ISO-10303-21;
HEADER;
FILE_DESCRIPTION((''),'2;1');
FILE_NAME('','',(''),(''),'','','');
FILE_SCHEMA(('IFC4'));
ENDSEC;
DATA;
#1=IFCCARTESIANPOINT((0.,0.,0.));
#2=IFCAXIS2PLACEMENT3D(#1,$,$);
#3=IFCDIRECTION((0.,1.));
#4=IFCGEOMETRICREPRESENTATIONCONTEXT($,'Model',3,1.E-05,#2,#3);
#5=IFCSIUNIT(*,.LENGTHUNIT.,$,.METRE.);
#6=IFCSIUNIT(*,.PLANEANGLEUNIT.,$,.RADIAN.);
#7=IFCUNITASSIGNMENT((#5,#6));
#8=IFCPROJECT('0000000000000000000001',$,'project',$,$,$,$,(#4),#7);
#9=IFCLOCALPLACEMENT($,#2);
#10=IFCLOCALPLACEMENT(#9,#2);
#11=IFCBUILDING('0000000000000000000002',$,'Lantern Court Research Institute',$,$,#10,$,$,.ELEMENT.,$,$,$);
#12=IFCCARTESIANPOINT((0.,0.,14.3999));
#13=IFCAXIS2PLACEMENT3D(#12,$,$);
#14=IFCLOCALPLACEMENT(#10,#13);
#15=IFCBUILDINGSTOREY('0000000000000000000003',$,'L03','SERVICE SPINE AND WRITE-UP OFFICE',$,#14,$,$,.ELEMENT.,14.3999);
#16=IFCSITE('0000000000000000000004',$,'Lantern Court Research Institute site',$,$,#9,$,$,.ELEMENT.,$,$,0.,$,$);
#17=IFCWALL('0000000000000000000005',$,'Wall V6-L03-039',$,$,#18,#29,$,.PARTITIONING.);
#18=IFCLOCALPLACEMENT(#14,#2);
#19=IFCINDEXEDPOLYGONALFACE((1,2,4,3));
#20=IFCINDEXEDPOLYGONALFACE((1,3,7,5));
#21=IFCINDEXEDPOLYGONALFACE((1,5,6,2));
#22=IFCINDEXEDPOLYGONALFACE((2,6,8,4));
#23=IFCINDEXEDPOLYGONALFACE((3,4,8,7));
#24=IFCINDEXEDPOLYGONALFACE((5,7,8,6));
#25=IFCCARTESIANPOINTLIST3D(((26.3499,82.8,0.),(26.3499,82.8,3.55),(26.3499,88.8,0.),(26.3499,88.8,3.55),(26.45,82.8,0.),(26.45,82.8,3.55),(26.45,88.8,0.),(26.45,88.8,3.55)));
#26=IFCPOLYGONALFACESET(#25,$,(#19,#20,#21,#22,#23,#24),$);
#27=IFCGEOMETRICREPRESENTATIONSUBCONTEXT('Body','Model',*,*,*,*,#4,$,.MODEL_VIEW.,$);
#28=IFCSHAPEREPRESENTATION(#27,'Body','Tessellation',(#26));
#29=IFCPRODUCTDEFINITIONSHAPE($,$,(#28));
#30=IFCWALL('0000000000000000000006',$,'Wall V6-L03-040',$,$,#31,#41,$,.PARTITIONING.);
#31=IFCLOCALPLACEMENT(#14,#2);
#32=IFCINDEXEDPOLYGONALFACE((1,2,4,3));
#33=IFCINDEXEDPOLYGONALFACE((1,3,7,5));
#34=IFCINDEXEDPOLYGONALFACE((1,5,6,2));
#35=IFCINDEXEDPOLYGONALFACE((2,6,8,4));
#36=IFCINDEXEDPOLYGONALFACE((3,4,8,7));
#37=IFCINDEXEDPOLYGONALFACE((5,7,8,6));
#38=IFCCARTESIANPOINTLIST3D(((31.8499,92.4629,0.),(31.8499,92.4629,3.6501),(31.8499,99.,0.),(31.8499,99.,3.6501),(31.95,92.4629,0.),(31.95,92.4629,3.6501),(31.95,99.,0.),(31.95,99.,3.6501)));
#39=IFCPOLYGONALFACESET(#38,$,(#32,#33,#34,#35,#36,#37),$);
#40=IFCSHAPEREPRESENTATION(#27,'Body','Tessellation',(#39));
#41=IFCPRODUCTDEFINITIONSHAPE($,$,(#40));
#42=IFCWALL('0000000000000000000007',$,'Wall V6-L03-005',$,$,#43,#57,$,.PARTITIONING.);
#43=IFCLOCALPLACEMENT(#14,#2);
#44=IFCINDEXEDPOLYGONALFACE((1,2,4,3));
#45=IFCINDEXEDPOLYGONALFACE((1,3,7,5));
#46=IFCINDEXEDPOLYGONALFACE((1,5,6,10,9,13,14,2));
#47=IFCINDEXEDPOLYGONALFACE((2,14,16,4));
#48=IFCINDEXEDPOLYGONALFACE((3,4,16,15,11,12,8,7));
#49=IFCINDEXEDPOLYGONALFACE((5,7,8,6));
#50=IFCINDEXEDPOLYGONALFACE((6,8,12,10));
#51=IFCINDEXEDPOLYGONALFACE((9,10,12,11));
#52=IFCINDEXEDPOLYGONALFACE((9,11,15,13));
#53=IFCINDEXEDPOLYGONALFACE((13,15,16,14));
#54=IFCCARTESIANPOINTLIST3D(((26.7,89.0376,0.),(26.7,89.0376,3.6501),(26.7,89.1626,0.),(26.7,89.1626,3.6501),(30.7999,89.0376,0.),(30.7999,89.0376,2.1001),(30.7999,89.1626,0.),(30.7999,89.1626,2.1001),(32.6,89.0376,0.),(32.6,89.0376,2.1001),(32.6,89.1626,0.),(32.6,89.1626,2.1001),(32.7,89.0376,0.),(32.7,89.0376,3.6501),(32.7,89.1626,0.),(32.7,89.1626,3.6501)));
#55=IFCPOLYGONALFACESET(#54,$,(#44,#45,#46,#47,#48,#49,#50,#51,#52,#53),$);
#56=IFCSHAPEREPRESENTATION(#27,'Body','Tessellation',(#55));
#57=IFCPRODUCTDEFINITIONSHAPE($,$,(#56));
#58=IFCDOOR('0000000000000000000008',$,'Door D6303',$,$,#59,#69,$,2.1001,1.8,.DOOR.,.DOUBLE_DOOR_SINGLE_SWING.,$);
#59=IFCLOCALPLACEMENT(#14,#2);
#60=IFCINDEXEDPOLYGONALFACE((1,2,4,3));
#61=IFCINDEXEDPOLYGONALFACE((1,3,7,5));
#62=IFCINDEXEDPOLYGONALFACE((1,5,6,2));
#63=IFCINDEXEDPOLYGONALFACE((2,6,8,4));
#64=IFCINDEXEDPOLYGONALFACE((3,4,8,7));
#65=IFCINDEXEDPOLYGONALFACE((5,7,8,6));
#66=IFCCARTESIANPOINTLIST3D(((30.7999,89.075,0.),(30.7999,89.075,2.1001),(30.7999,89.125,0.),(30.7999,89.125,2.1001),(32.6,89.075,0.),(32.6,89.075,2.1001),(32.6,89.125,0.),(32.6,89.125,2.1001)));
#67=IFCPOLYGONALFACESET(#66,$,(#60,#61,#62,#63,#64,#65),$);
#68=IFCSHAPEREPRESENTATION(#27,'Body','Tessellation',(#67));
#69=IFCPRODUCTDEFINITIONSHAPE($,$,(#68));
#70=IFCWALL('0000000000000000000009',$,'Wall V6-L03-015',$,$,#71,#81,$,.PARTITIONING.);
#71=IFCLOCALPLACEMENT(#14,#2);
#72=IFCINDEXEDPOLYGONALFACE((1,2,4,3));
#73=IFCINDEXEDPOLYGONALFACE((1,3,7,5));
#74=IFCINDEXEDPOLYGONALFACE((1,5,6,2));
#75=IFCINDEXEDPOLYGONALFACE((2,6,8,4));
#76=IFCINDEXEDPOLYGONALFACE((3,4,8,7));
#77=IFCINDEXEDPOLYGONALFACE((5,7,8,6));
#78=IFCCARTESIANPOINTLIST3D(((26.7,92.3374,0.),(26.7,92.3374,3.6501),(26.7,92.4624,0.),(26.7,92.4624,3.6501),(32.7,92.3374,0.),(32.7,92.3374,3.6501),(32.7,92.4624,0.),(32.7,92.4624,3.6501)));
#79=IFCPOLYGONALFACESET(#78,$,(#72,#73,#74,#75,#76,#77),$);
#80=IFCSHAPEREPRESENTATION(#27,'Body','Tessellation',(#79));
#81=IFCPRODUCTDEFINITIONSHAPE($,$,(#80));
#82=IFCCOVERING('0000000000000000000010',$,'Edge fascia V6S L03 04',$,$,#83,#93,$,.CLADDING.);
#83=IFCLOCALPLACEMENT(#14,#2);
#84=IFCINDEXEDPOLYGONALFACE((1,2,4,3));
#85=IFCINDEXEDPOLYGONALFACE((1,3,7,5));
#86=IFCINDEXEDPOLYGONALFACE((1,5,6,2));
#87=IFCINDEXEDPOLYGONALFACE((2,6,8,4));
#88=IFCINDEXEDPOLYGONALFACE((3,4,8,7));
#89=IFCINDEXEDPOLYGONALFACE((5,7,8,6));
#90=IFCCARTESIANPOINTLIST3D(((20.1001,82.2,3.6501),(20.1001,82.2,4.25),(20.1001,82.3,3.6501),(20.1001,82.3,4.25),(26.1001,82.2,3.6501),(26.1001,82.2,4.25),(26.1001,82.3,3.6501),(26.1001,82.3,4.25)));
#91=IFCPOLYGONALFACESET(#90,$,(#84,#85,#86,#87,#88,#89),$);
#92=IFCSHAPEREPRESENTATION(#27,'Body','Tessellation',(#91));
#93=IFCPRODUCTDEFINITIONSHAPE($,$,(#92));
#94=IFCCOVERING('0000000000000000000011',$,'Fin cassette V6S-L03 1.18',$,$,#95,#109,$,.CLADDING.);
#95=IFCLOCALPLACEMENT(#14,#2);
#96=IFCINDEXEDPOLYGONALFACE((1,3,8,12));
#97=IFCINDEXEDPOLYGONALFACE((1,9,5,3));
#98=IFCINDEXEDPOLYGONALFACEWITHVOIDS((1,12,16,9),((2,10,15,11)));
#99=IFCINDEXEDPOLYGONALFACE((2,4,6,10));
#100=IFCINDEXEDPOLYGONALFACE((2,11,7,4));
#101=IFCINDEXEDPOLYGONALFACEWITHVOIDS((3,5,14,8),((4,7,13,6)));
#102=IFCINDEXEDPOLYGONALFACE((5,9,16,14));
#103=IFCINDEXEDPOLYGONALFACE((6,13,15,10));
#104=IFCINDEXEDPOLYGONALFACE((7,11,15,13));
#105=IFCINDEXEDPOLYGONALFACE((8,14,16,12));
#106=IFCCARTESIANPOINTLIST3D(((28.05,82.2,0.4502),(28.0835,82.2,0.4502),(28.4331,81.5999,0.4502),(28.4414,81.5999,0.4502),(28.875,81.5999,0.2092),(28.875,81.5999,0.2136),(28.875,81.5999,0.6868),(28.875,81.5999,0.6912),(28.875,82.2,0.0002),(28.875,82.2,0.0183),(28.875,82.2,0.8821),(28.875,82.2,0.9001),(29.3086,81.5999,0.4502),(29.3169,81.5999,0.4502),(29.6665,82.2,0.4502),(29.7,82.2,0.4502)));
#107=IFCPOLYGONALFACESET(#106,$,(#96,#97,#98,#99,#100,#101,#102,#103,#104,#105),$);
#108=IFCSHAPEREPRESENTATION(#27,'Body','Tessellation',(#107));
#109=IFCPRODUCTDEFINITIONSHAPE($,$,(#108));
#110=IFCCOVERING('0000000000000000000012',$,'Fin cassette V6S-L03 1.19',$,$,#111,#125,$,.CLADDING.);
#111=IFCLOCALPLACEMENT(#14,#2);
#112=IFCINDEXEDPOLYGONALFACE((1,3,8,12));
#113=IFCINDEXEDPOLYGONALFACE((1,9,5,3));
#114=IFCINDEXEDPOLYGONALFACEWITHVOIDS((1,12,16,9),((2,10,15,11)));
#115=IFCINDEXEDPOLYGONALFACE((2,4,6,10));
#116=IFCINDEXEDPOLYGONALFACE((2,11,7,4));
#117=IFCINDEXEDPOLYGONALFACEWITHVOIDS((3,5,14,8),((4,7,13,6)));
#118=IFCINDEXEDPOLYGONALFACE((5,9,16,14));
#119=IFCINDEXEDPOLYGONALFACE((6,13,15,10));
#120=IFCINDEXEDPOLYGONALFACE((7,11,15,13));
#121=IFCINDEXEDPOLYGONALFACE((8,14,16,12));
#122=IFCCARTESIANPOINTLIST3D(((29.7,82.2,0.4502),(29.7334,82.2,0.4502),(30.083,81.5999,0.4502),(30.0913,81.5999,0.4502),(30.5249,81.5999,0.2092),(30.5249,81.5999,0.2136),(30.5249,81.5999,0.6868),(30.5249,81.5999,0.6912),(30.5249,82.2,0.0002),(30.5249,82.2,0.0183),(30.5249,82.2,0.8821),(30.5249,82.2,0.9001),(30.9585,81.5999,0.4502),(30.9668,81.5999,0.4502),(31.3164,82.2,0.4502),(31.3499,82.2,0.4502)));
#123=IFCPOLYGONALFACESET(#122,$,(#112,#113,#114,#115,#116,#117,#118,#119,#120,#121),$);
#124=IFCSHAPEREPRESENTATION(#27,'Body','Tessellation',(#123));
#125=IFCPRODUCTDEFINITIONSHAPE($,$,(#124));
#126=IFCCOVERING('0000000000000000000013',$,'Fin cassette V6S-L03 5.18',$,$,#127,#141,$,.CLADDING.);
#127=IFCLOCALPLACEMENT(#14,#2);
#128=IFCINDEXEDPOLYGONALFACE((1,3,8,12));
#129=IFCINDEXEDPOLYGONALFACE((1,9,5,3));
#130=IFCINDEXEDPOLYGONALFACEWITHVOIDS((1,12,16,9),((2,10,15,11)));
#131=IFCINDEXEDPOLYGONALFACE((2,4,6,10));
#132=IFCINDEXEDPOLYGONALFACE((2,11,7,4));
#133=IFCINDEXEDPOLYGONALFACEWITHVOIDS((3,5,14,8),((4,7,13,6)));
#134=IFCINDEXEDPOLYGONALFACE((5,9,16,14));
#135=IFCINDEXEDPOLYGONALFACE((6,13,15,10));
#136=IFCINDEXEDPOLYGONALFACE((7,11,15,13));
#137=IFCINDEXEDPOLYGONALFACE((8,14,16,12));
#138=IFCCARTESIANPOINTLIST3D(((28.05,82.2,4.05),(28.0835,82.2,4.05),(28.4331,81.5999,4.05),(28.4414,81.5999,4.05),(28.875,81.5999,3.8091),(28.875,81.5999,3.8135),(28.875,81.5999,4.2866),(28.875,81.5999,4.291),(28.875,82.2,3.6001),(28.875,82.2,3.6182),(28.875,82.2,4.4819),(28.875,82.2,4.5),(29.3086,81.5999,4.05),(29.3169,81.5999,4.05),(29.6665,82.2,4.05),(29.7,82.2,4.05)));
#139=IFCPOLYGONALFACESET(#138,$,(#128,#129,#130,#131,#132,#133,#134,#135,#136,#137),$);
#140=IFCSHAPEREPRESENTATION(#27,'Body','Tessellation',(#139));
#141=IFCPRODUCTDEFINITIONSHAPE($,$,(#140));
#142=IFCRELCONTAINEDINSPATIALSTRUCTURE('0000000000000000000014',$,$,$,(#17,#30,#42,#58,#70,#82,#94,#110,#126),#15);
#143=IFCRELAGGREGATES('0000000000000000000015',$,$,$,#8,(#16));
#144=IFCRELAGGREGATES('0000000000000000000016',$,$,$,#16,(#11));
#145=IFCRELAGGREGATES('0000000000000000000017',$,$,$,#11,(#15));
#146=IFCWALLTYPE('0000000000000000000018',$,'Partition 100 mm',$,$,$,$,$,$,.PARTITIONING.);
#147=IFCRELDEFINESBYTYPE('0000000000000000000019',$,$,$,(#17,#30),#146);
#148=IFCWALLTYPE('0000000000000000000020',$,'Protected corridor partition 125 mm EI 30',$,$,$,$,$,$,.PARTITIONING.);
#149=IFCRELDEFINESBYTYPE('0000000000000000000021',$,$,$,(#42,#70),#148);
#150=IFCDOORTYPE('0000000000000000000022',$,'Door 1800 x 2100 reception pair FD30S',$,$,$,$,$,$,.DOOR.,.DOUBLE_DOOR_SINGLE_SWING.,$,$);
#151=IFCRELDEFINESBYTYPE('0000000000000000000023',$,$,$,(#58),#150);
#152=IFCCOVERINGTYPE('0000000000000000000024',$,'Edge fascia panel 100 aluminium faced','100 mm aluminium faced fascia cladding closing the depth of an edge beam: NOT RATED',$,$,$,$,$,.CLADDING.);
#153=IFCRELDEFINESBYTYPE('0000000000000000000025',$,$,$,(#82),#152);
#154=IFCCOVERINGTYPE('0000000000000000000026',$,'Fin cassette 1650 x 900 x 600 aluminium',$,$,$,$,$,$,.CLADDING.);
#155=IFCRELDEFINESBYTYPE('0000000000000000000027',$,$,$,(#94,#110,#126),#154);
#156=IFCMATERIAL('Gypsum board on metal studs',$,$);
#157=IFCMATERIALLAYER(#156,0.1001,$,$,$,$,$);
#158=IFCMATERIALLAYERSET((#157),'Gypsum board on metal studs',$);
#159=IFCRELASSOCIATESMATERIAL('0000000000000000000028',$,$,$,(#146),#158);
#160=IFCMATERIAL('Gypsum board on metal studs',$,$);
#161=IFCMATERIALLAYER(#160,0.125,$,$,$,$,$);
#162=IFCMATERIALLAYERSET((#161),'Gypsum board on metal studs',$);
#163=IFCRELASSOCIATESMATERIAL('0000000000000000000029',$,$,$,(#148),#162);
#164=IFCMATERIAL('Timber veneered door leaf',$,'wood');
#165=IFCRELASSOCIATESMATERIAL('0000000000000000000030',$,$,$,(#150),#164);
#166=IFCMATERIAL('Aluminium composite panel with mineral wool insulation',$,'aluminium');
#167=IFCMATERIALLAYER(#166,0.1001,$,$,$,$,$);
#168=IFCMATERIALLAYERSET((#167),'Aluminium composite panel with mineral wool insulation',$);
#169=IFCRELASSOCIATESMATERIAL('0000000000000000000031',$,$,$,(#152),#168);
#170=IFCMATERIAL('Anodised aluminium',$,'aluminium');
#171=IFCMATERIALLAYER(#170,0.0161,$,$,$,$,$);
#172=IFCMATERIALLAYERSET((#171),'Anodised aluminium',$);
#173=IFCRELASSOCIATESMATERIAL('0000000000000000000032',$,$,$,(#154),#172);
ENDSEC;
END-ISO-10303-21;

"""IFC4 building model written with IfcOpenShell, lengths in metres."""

from ifc_helpers import new_model, entity, si_unit, direction, frame, frame_2d, origin, place, context, subcontext, project, spatial, rectangle, extrude, material, layer, layer_set, type_object, element, fill, save


model = new_model("IFC4")

# Units and contexts
model_context = context("Model", 3, precision=1e-05, world=origin(), true_north=direction((0.0, 1.0)))
body_context = subcontext(model_context, "Body", "Model", "MODEL_VIEW")
ifc_project = project(units=[si_unit("LENGTHUNIT", "METRE"), si_unit("PLANEANGLEUNIT", "RADIAN")], contexts=[model_context])

# Site, building, storey
site_placement = place(None, origin())
site = spatial("IfcSite", under=ifc_project, at=site_placement, Name="Lantern Court Research Institute site", CompositionType="ELEMENT", RefElevation=0.0)
building_placement = place(site_placement, origin())
building = spatial("IfcBuilding", under=site, at=building_placement, Name="Lantern Court Research Institute", CompositionType="ELEMENT")
storey_placement = place(building_placement, frame((0.0, 0.0, 14.3999)))
storey = spatial("IfcBuildingStorey", under=building, at=storey_placement, Name="L03", Description="SERVICE SPINE AND WRITE-UP OFFICE", CompositionType="ELEMENT", Elevation=14.3999)

# Walls
ifc_material_1 = material(Name="Gypsum board on metal studs")
ifc_layer_1 = layer(ifc_material_1, 0.1001)
ifc_layer_set_1 = layer_set([ifc_layer_1], Name="Gypsum board on metal studs")
wall_type_1 = type_object("IfcWallType", Name="Partition 100 mm", PredefinedType="PARTITIONING", material=ifc_layer_set_1)
wall_1_placement = place(storey_placement, frame((26.3999, 82.8, 0.0), z_axis=(0.0, 0.0, 1.0), x_axis=(0.0, 1.0, 0.0)))
element("IfcWall", 1, at=wall_1_placement, inside=storey, type_object=wall_type_1, Name="Wall V6-L03-039", PredefinedType="PARTITIONING", context=body_context, shape_type="SweptSolid", body=[
    extrude(rectangle(XDim=6.0, YDim=0.1001, at=frame_2d((3.0, 0.0))), origin(), (0.0, 0.0, 1.0), 3.55),
])
wall_2_placement = place(storey_placement, frame((31.8999, 92.4629, 0.0), z_axis=(0.0, 0.0, 1.0), x_axis=(0.0, 1.0, 0.0)))
element("IfcWall", 2, at=wall_2_placement, inside=storey, type_object=wall_type_1, Name="Wall V6-L03-040", PredefinedType="PARTITIONING", context=body_context, shape_type="SweptSolid", body=[
    extrude(rectangle(XDim=6.5371, YDim=0.1001, at=frame_2d((3.2686, 0.0))), origin(), (0.0, 0.0, 1.0), 3.6501),
])

# Wall, opening, door
ifc_material_2 = material(Name="Gypsum board on metal studs")
ifc_layer_2 = layer(ifc_material_2, 0.125)
ifc_layer_set_2 = layer_set([ifc_layer_2], Name="Gypsum board on metal studs")
wall_type_2 = type_object("IfcWallType", Name="Protected corridor partition 125 mm EI 30", PredefinedType="PARTITIONING", material=ifc_layer_set_2)
wall_3_placement = place(storey_placement, frame((26.7, 89.1001, 0.0), z_axis=(0.0, 0.0, 1.0), x_axis=(1.0, 0.0, 0.0)))
wall_3 = element("IfcWall", 3, at=wall_3_placement, inside=storey, type_object=wall_type_2, Name="Wall V6-L03-005", PredefinedType="PARTITIONING", context=body_context, shape_type="SweptSolid", body=[
    extrude(rectangle(XDim=6.0, YDim=0.125, at=frame_2d((3.0, 0.0))), origin(), (0.0, 0.0, 1.0), 3.6501),
])
opening_1_placement = place(wall_3_placement, frame((4.1001, 0.0, 0.0)))
opening_1 = element("IfcOpeningElement", 4, at=opening_1_placement, cuts=wall_3, PredefinedType="OPENING", context=body_context, shape_type="SweptSolid", body=[
    extrude(rectangle(XDim=1.8, YDim=2.1001, at=frame_2d((0.8999, 1.05))), frame((0.0, 0.0725, 0.0), z_axis=(0.0, -1.0, 0.0), x_axis=(1.0, 0.0, 0.0)), (0.0, 0.0, 1.0), 0.145),
])
ifc_material_3 = material(Name="Timber veneered door leaf", Category="wood")
door_type = type_object("IfcDoorType", Name="Door 1800 x 2100 reception pair FD30S", OperationType="DOUBLE_DOOR_SINGLE_SWING", PredefinedType="DOOR", material=ifc_material_3)
door_placement = place(opening_1_placement, origin())
door = element("IfcDoor", 5, at=door_placement, inside=storey, type_object=door_type, Name="Door D6303", OperationType="DOUBLE_DOOR_SINGLE_SWING", OverallHeight=2.1001, OverallWidth=1.8, PredefinedType="DOOR", context=body_context, shape_type="SweptSolid", body=[
    extrude(rectangle(XDim=1.8, YDim=2.1001, at=frame_2d((0.8999, 1.05))), frame((0.0, 0.0249, 0.0), z_axis=(0.0, -1.0, 0.0), x_axis=(1.0, 0.0, 0.0)), (0.0, 0.0, 1.0), 0.05),
])
fill(opening_1, door)

# Wall
wall_4_placement = place(storey_placement, frame((26.7, 92.3999, 0.0), z_axis=(0.0, 0.0, 1.0), x_axis=(1.0, 0.0, 0.0)))
element("IfcWall", 6, at=wall_4_placement, inside=storey, type_object=wall_type_2, Name="Wall V6-L03-015", PredefinedType="PARTITIONING", context=body_context, shape_type="SweptSolid", body=[
    extrude(rectangle(XDim=6.0, YDim=0.125, at=frame_2d((3.0, 0.0))), origin(), (0.0, 0.0, 1.0), 3.6501),
])

# Coverings
ifc_material_4 = material(Name="Aluminium composite panel with mineral wool insulation", Category="aluminium")
ifc_layer_3 = layer(ifc_material_4, 0.1001)
ifc_layer_set_3 = layer_set([ifc_layer_3], Name="Aluminium composite panel with mineral wool insulation")
covering_type_1 = type_object("IfcCoveringType", Name="Edge fascia panel 100 aluminium faced", Description="100 mm aluminium faced fascia cladding closing the depth of an edge beam: NOT RATED", PredefinedType="CLADDING", material=ifc_layer_set_3)
covering_1_placement = place(storey_placement, frame((26.1001, 82.25, 3.6501), z_axis=(0.0, 0.0, 1.0), x_axis=(-1.0, 0.0, 0.0)))
element("IfcCovering", 7, at=covering_1_placement, inside=storey, type_object=covering_type_1, Name="Edge fascia V6S L03 04", PredefinedType="CLADDING", context=body_context, shape_type="SweptSolid", body=[
    extrude(rectangle(XDim=6.0, YDim=0.1001, at=frame_2d((3.0, 0.0))), origin(), (0.0, 0.0, 1.0), 0.5999),
])
ifc_material_5 = material(Name="Anodised aluminium", Category="aluminium")
ifc_layer_4 = layer(ifc_material_5, 0.0161)
ifc_layer_set_4 = layer_set([ifc_layer_4], Name="Anodised aluminium")
covering_type_2 = type_object("IfcCoveringType", Name="Fin cassette 1650 x 900 x 600 aluminium", PredefinedType="CLADDING", material=ifc_layer_set_4)
covering_2_placement = place(storey_placement, frame((28.875, 82.2, 0.4502), z_axis=(0.0, -1.0, 0.0), x_axis=(1.0, 0.0, 0.0)))
cartesian_point_1 = entity("IfcCartesianPoint", [0.825, 0.0])
cartesian_point_2 = entity("IfcCartesianPoint", [0.7915, 0.0])
cartesian_point_3 = entity("IfcCartesianPoint", [0.4419, 0.0])
cartesian_point_4 = entity("IfcCartesianPoint", [0.4336, 0.0])
element("IfcCovering", 8, at=covering_2_placement, inside=storey, type_object=covering_type_2, Name="Fin cassette V6S-L03 1.18", PredefinedType="CLADDING", context=body_context, shape_type="SweptSolid", body=[
    entity("IfcExtrudedAreaSolidTapered", entity("IfcArbitraryProfileDefWithVoids", "AREA", None, entity("IfcPolyline", [cartesian_point_1, entity("IfcCartesianPoint", [0.0, 0.45]), entity("IfcCartesianPoint", [-0.825, 0.0]), entity("IfcCartesianPoint", [0.0, -0.45]), cartesian_point_1]), [entity("IfcPolyline", [cartesian_point_2, entity("IfcCartesianPoint", [0.0, 0.4319]), entity("IfcCartesianPoint", [-0.7915, 0.0]), entity("IfcCartesianPoint", [0.0, -0.4319]), cartesian_point_2])]), entity("IfcAxis2Placement3D", entity("IfcCartesianPoint", [0.0, 0.0, 0.0])), entity("IfcDirection", [0.0, 0.0, 1.0]), 0.6001, entity("IfcArbitraryProfileDefWithVoids", "AREA", None, entity("IfcPolyline", [cartesian_point_3, entity("IfcCartesianPoint", [0.0, 0.241]), entity("IfcCartesianPoint", [-0.4419, 0.0]), entity("IfcCartesianPoint", [0.0, -0.241]), cartesian_point_3]), [entity("IfcPolyline", [cartesian_point_4, entity("IfcCartesianPoint", [0.0, 0.2366]), entity("IfcCartesianPoint", [-0.4336, 0.0]), entity("IfcCartesianPoint", [0.0, -0.2366]), cartesian_point_4])])),
])
covering_3_placement = place(storey_placement, frame((30.5249, 82.2, 0.4502), z_axis=(0.0, -1.0, 0.0), x_axis=(1.0, 0.0, 0.0)))
cartesian_point_5 = entity("IfcCartesianPoint", [0.825, 0.0])
cartesian_point_6 = entity("IfcCartesianPoint", [0.7915, 0.0])
cartesian_point_7 = entity("IfcCartesianPoint", [0.4419, 0.0])
cartesian_point_8 = entity("IfcCartesianPoint", [0.4336, 0.0])
element("IfcCovering", 9, at=covering_3_placement, inside=storey, type_object=covering_type_2, Name="Fin cassette V6S-L03 1.19", PredefinedType="CLADDING", context=body_context, shape_type="SweptSolid", body=[
    entity("IfcExtrudedAreaSolidTapered", entity("IfcArbitraryProfileDefWithVoids", "AREA", None, entity("IfcPolyline", [cartesian_point_5, entity("IfcCartesianPoint", [0.0, 0.45]), entity("IfcCartesianPoint", [-0.825, 0.0]), entity("IfcCartesianPoint", [0.0, -0.45]), cartesian_point_5]), [entity("IfcPolyline", [cartesian_point_6, entity("IfcCartesianPoint", [0.0, 0.4319]), entity("IfcCartesianPoint", [-0.7915, 0.0]), entity("IfcCartesianPoint", [0.0, -0.4319]), cartesian_point_6])]), entity("IfcAxis2Placement3D", entity("IfcCartesianPoint", [0.0, 0.0, 0.0])), entity("IfcDirection", [0.0, 0.0, 1.0]), 0.6001, entity("IfcArbitraryProfileDefWithVoids", "AREA", None, entity("IfcPolyline", [cartesian_point_7, entity("IfcCartesianPoint", [0.0, 0.241]), entity("IfcCartesianPoint", [-0.4419, 0.0]), entity("IfcCartesianPoint", [0.0, -0.241]), cartesian_point_7]), [entity("IfcPolyline", [cartesian_point_8, entity("IfcCartesianPoint", [0.0, 0.2366]), entity("IfcCartesianPoint", [-0.4336, 0.0]), entity("IfcCartesianPoint", [0.0, -0.2366]), cartesian_point_8])])),
])
covering_4_placement = place(storey_placement, frame((28.875, 82.2, 4.05), z_axis=(0.0, -1.0, 0.0), x_axis=(1.0, 0.0, 0.0)))
cartesian_point_9 = entity("IfcCartesianPoint", [0.825, 0.0])
cartesian_point_10 = entity("IfcCartesianPoint", [0.7915, 0.0])
cartesian_point_11 = entity("IfcCartesianPoint", [0.4419, 0.0])
cartesian_point_12 = entity("IfcCartesianPoint", [0.4336, 0.0])
element("IfcCovering", 10, at=covering_4_placement, inside=storey, type_object=covering_type_2, Name="Fin cassette V6S-L03 5.18", PredefinedType="CLADDING", context=body_context, shape_type="SweptSolid", body=[
    entity("IfcExtrudedAreaSolidTapered", entity("IfcArbitraryProfileDefWithVoids", "AREA", None, entity("IfcPolyline", [cartesian_point_9, entity("IfcCartesianPoint", [0.0, 0.45]), entity("IfcCartesianPoint", [-0.825, 0.0]), entity("IfcCartesianPoint", [0.0, -0.45]), cartesian_point_9]), [entity("IfcPolyline", [cartesian_point_10, entity("IfcCartesianPoint", [0.0, 0.4319]), entity("IfcCartesianPoint", [-0.7915, 0.0]), entity("IfcCartesianPoint", [0.0, -0.4319]), cartesian_point_10])]), entity("IfcAxis2Placement3D", entity("IfcCartesianPoint", [0.0, 0.0, 0.0])), entity("IfcDirection", [0.0, 0.0, 1.0]), 0.6001, entity("IfcArbitraryProfileDefWithVoids", "AREA", None, entity("IfcPolyline", [cartesian_point_11, entity("IfcCartesianPoint", [0.0, 0.241]), entity("IfcCartesianPoint", [-0.4419, 0.0]), entity("IfcCartesianPoint", [0.0, -0.241]), cartesian_point_11]), [entity("IfcPolyline", [cartesian_point_12, entity("IfcCartesianPoint", [0.0, 0.2366]), entity("IfcCartesianPoint", [-0.4336, 0.0]), entity("IfcCartesianPoint", [0.0, -0.2366]), cartesian_point_12])])),
])

save(model, "model.ifc")
